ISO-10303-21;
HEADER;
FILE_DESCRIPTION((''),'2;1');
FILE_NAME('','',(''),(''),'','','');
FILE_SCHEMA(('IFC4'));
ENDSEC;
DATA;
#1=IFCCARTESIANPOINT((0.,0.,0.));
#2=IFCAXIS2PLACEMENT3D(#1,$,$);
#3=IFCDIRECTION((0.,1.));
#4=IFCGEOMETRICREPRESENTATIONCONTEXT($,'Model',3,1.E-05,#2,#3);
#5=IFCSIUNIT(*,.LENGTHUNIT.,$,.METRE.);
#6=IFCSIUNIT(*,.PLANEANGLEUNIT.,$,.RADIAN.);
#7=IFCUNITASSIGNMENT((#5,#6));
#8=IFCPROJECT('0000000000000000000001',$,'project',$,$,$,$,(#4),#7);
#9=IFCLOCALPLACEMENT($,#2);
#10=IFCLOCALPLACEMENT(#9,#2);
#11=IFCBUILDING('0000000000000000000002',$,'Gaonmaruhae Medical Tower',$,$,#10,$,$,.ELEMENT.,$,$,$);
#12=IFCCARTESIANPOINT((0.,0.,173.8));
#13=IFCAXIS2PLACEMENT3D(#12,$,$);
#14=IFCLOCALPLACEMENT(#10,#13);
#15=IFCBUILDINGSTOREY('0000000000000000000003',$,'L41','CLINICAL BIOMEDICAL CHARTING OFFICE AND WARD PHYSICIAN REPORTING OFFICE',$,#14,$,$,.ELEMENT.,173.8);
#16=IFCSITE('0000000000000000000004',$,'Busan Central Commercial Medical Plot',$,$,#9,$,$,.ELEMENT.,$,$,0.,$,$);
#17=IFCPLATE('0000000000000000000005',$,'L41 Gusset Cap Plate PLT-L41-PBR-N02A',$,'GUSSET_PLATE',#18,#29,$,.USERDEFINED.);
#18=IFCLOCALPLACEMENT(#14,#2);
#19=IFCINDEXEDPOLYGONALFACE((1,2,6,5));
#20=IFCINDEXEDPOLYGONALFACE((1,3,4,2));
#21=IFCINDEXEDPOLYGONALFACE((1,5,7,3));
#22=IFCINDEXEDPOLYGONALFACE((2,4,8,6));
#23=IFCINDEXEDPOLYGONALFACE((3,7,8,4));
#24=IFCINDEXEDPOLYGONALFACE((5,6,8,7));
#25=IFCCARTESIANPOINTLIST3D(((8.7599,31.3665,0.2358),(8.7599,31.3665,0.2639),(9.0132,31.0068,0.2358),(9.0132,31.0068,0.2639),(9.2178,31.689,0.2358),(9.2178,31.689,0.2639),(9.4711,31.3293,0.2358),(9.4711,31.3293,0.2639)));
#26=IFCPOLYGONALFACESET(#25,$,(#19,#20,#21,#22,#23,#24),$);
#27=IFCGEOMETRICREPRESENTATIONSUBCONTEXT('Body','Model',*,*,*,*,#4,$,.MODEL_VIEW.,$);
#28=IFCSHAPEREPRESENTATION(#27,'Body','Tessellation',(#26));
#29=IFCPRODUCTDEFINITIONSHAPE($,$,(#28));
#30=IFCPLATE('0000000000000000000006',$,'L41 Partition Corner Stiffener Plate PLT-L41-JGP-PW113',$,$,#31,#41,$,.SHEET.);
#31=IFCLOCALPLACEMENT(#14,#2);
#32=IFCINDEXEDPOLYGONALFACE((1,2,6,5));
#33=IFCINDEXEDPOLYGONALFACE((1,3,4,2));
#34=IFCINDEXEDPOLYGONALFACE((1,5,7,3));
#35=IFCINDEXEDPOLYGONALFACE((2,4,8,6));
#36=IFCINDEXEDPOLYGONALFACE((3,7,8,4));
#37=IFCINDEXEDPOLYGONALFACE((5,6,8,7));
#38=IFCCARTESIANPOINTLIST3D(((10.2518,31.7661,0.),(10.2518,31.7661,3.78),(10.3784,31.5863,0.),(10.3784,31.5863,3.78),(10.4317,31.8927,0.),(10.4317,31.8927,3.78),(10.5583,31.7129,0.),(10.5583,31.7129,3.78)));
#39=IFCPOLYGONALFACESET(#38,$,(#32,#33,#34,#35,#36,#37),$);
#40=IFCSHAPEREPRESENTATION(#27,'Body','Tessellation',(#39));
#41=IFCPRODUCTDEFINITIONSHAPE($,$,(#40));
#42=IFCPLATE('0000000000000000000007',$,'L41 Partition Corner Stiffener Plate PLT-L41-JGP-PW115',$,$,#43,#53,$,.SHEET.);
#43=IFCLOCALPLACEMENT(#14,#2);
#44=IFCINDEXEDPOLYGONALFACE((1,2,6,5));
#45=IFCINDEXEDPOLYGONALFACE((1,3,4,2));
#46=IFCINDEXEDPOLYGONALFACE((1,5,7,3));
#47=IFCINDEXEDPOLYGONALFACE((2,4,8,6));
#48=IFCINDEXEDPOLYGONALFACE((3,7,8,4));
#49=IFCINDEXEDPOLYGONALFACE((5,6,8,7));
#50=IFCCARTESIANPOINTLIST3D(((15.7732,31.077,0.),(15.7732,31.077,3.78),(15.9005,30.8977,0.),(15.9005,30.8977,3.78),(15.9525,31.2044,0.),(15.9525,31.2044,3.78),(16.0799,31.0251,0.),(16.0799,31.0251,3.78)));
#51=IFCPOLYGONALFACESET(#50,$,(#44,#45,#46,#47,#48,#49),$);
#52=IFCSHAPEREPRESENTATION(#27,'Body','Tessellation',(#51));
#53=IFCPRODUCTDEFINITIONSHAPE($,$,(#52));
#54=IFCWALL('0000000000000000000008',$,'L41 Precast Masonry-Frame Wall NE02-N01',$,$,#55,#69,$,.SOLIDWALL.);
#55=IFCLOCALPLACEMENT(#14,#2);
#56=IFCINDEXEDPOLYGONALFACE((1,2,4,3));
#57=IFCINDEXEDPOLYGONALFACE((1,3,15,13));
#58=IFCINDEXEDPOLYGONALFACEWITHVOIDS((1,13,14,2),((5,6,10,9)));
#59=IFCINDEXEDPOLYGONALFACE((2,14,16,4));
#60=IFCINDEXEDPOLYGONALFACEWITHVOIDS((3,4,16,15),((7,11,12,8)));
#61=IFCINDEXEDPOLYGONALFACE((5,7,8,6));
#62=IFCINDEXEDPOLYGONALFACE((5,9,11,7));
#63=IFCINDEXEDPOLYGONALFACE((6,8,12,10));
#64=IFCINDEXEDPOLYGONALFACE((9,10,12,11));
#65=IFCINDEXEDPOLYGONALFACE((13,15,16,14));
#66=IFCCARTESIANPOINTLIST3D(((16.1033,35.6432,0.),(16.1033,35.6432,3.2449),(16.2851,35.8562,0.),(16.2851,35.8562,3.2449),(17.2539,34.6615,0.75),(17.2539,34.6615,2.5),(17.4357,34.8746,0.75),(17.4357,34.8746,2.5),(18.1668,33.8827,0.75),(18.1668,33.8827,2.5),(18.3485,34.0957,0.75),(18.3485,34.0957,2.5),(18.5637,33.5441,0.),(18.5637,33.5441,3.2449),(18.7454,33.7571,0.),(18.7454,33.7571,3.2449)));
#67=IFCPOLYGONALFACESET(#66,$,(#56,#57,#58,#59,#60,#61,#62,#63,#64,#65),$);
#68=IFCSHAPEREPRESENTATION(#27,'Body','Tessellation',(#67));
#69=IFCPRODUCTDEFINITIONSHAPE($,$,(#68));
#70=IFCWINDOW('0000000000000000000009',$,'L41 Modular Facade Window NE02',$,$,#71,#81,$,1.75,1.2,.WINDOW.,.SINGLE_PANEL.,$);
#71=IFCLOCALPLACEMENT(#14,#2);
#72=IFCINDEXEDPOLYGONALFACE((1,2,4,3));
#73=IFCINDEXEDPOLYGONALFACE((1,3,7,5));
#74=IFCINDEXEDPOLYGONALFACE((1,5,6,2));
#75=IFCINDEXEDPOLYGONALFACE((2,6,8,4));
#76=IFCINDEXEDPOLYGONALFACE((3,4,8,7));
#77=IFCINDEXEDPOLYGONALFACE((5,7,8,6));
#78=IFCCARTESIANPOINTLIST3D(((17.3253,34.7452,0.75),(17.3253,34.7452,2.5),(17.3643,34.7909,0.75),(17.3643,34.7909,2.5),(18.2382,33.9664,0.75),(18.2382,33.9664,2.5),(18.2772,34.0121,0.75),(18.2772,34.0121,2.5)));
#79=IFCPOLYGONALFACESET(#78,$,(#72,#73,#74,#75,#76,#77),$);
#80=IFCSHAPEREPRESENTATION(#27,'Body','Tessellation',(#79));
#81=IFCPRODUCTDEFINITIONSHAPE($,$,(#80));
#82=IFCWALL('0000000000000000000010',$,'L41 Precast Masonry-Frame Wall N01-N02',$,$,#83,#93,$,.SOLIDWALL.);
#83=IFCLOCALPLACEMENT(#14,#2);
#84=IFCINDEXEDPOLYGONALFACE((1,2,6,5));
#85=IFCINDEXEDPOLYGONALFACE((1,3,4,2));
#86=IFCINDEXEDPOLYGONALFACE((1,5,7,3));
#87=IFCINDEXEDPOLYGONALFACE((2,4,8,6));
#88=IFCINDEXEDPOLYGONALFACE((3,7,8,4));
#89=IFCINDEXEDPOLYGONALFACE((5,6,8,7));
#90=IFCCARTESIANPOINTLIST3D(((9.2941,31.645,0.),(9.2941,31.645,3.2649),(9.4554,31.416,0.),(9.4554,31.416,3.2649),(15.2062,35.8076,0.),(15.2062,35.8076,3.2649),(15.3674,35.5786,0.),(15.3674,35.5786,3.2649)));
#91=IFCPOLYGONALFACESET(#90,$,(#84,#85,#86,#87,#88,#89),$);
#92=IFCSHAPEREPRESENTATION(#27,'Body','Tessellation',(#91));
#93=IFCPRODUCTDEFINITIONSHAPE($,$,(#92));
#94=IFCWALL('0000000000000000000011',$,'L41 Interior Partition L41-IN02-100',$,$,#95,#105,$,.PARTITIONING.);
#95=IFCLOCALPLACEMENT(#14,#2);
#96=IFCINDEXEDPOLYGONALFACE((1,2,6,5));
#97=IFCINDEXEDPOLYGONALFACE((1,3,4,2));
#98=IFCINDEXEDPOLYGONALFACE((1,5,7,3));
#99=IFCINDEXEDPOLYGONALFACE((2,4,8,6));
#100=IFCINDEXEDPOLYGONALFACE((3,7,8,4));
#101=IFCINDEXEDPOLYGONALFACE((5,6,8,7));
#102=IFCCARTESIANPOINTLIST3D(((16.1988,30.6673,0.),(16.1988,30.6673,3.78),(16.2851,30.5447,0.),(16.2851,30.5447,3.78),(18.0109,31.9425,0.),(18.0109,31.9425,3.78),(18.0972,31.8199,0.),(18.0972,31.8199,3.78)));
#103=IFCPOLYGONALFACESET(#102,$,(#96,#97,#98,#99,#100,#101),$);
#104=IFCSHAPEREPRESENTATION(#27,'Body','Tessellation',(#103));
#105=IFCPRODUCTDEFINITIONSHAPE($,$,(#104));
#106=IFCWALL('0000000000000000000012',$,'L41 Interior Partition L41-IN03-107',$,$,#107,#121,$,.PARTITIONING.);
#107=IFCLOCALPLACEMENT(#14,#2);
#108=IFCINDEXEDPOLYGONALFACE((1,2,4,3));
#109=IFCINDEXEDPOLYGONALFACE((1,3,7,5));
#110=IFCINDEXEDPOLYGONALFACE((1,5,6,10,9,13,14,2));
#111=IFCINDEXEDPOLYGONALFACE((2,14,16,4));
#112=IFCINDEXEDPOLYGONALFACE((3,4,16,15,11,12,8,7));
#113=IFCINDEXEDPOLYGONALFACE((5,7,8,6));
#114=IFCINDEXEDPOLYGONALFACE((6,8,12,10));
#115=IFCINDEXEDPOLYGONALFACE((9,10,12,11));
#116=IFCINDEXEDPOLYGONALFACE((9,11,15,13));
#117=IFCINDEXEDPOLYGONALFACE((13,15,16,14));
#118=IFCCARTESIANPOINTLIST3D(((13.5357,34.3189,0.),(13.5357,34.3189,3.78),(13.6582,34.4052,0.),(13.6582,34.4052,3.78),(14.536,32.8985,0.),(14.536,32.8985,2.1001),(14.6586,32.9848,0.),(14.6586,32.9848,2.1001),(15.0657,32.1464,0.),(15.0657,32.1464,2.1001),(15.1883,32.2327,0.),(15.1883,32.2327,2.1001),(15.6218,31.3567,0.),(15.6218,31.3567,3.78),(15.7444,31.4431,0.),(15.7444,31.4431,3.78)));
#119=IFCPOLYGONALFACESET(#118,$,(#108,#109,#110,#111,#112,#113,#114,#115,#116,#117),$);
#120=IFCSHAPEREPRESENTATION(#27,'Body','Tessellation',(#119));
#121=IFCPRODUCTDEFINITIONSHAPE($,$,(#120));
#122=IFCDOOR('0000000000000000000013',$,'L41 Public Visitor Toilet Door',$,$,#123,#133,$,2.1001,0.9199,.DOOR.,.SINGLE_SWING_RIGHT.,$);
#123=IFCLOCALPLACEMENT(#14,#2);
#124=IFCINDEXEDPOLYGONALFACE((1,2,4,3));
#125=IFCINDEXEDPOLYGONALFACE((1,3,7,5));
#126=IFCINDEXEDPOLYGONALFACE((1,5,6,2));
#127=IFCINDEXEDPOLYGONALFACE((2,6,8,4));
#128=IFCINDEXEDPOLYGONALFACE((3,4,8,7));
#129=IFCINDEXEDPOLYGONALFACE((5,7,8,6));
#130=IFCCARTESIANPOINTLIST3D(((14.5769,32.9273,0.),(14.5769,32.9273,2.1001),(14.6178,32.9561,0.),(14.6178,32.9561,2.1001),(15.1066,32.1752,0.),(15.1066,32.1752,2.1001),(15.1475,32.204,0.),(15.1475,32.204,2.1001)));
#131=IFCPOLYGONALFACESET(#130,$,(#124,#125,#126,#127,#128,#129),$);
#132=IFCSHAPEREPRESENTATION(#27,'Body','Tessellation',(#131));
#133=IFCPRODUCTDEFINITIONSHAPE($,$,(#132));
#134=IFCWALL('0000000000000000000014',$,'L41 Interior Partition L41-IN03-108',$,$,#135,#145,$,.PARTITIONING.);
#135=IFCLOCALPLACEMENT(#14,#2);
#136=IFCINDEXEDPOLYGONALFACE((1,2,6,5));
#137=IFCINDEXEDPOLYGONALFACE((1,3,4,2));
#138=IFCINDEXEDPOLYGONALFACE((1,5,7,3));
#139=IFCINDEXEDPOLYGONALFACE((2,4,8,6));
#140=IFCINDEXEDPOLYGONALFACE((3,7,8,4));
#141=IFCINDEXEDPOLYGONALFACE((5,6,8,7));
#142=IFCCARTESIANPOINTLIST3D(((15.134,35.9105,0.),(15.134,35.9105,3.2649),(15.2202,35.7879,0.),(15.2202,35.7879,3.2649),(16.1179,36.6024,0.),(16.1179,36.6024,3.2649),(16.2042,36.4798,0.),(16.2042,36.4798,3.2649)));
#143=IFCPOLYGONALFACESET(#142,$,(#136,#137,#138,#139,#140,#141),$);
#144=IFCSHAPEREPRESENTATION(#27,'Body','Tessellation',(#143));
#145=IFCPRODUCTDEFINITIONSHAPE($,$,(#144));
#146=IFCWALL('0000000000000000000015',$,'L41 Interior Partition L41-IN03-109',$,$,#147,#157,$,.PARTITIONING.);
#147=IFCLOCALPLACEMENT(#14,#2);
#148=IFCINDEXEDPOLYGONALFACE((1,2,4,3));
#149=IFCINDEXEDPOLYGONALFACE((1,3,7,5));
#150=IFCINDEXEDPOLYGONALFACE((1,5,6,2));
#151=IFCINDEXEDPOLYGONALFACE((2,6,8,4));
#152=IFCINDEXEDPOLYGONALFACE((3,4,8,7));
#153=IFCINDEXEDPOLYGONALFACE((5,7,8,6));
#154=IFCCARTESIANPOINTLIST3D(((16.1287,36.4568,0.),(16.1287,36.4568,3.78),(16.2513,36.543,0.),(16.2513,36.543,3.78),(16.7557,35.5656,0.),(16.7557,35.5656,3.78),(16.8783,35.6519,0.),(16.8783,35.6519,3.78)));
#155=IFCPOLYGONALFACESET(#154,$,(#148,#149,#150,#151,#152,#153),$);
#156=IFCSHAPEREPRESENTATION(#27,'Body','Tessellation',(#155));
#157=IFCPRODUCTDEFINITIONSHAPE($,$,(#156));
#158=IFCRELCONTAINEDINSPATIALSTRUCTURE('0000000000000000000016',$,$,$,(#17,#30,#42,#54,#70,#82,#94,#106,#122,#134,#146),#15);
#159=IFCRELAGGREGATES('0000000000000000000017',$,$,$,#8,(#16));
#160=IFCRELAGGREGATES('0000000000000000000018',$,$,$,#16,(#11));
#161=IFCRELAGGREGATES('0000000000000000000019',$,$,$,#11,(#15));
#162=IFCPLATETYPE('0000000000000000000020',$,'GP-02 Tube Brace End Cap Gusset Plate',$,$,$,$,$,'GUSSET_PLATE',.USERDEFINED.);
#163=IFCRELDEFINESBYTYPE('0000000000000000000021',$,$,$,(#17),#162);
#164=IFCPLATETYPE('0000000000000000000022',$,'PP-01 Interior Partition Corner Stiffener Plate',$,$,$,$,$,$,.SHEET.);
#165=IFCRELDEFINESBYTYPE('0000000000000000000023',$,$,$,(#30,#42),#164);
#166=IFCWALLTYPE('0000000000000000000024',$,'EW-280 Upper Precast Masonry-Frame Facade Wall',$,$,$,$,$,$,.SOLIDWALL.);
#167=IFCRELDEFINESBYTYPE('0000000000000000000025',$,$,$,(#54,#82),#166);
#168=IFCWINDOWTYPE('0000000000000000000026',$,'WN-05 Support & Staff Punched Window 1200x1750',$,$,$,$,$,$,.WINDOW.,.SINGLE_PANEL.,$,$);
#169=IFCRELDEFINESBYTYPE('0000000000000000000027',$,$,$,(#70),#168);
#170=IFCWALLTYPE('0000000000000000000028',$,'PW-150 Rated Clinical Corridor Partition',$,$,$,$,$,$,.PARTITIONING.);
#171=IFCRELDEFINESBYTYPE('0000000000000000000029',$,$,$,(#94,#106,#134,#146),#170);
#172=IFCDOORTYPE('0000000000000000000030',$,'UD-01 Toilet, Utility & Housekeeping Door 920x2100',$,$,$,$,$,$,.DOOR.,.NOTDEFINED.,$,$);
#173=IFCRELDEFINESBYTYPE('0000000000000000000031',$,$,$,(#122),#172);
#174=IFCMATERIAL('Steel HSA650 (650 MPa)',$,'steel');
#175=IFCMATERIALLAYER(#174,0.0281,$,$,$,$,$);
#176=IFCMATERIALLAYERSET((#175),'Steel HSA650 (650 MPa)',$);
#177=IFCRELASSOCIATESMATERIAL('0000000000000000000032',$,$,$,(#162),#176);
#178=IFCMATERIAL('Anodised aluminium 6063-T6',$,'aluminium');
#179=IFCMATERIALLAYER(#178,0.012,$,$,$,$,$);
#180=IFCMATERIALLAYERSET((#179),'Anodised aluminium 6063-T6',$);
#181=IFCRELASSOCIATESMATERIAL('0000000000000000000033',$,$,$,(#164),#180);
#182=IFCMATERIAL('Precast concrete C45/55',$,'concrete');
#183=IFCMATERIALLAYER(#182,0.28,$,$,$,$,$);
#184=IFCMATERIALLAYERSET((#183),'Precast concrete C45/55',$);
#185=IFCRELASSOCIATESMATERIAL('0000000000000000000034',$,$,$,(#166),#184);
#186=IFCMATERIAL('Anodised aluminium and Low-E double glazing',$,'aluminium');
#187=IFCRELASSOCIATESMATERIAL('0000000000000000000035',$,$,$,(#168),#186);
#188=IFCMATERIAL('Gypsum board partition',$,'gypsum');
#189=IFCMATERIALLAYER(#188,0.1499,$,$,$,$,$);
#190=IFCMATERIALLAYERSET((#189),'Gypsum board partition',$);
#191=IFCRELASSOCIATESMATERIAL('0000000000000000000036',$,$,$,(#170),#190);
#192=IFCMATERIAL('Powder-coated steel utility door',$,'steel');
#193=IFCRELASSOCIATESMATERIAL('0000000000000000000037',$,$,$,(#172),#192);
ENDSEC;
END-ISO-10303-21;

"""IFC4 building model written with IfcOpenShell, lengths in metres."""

from ifc_helpers import new_model, si_unit, direction, frame, frame_2d, origin, origin_2d, place, context, subcontext, project, spatial, rectangle, extrude, material, layer, layer_set, type_object, element, fill, save


model = new_model("IFC4")

# Units and contexts
model_context = context("Model", 3, precision=1e-05, world=origin(), true_north=direction((0.0, 1.0)))
body_context = subcontext(model_context, "Body", "Model", "MODEL_VIEW")
ifc_project = project(units=[si_unit("LENGTHUNIT", "METRE"), si_unit("PLANEANGLEUNIT", "RADIAN")], contexts=[model_context])

# Site, building, storey
site_placement = place(None, origin())
site = spatial("IfcSite", under=ifc_project, at=site_placement, Name="Busan Central Commercial Medical Plot", CompositionType="ELEMENT", RefElevation=0.0)
building_placement = place(site_placement, origin())
building = spatial("IfcBuilding", under=site, at=building_placement, Name="Gaonmaruhae Medical Tower", CompositionType="ELEMENT")
storey_placement = place(building_placement, frame((0.0, 0.0, 173.8)))
storey = spatial("IfcBuildingStorey", under=building, at=storey_placement, Name="L41", Description="CLINICAL BIOMEDICAL CHARTING OFFICE AND WARD PHYSICIAN REPORTING OFFICE", CompositionType="ELEMENT", Elevation=173.8)

# Plates
ifc_material_1 = material(Name="Steel HSA650 (650 MPa)", Category="steel")
ifc_layer_1 = layer(ifc_material_1, 0.0281)
ifc_layer_set_1 = layer_set([ifc_layer_1], Name="Steel HSA650 (650 MPa)")
plate_type_1 = type_object("IfcPlateType", Name="GP-02 Tube Brace End Cap Gusset Plate", ElementType="GUSSET_PLATE", PredefinedType="USERDEFINED", material=ifc_layer_set_1)
plate_placement = place(storey_placement, frame((9.1155, 31.3479, 0.2358), z_axis=(0.0, 0.0, 1.0), x_axis=(0.817648, 0.575719, 0.0)))
element("IfcPlate", 1, at=plate_placement, inside=storey, type_object=plate_type_1, Name="L41 Gusset Cap Plate PLT-L41-PBR-N02A", ObjectType="GUSSET_PLATE", PredefinedType="USERDEFINED", context=body_context, shape_type="SweptSolid", body=[
    extrude(rectangle(XDim=0.5601, YDim=0.4399, at=origin_2d()), origin(), (0.0, 0.0, 1.0), 0.0281),
])
ifc_material_2 = material(Name="Anodised aluminium 6063-T6", Category="aluminium")
ifc_layer_2 = layer(ifc_material_2, 0.012)
ifc_layer_set_2 = layer_set([ifc_layer_2], Name="Anodised aluminium 6063-T6")
plate_type_2 = type_object("IfcPlateType", Name="PP-01 Interior Partition Corner Stiffener Plate", PredefinedType="SHEET", material=ifc_layer_set_2)
for number, where, z_axis, x_axis, name in (
    (2, (10.405, 31.7395, 0.0), (0.0, 0.0, 1.0), (-0.575533, 0.817778, 0.0), "L41 Partition Corner Stiffener Plate PLT-L41-JGP-PW113"),
    (3, (15.9265, 31.051, 0.0), (0.0, 0.0, 1.0), (0.579125, -0.815239, 0.0), "L41 Partition Corner Stiffener Plate PLT-L41-JGP-PW115"),
):
    element("IfcPlate", number, at=place(storey_placement, frame(where, z_axis=z_axis, x_axis=x_axis)), inside=storey, type_object=plate_type_2, Name=name, PredefinedType="SHEET", context=body_context, shape_type="SweptSolid", body=[
        extrude(rectangle(XDim=0.22, YDim=0.22, at=origin_2d()), origin(), (0.0, 0.0, 1.0), 3.78),
    ])

# Wall, opening, window
ifc_material_3 = material(Name="Precast concrete C45/55", Category="concrete")
ifc_layer_3 = layer(ifc_material_3, 0.28)
ifc_layer_set_3 = layer_set([ifc_layer_3], Name="Precast concrete C45/55")
wall_type_1 = type_object("IfcWallType", Name="EW-280 Upper Precast Masonry-Frame Facade Wall", PredefinedType="SOLIDWALL", material=ifc_layer_set_3)
wall_1_placement = place(storey_placement, frame((16.1941, 35.7498, 0.0), z_axis=(0.0, 0.0, 1.0), x_axis=(0.760757, -0.649037, 0.0)))
wall_1 = element("IfcWall", 4, at=wall_1_placement, inside=storey, type_object=wall_type_1, Name="L41 Precast Masonry-Frame Wall NE02-N01", PredefinedType="SOLIDWALL", context=body_context, shape_type="SweptSolid", body=[
    extrude(rectangle(XDim=3.2341, YDim=0.28, at=frame_2d((1.6172, 0.0))), origin(), (0.0, 0.0, 1.0), 3.2449),
])
opening_1_placement = place(wall_1_placement, frame((1.5125, 0.0, 0.75)))
opening_1 = element("IfcOpeningElement", 5, at=opening_1_placement, cuts=wall_1, PredefinedType="OPENING", context=body_context, shape_type="SweptSolid", body=[
    extrude(rectangle(XDim=1.2, YDim=1.75, at=frame_2d((0.6001, 0.875))), frame((0.0, 0.1499, 0.0), z_axis=(0.0, -1.0, 0.0), x_axis=(1.0, 0.0, 0.0)), (0.0, 0.0, 1.0), 0.3),
])
ifc_material_4 = material(Name="Anodised aluminium and Low-E double glazing", Category="aluminium")
window_type = type_object("IfcWindowType", Name="WN-05 Support & Staff Punched Window 1200x1750", PartitioningType="SINGLE_PANEL", PredefinedType="WINDOW", material=ifc_material_4)
window_placement = place(opening_1_placement, origin())
window = element("IfcWindow", 6, at=window_placement, inside=storey, type_object=window_type, Name="L41 Modular Facade Window NE02", OverallHeight=1.75, OverallWidth=1.2, PartitioningType="SINGLE_PANEL", PredefinedType="WINDOW", context=body_context, shape_type="SweptSolid", body=[
    extrude(rectangle(XDim=1.2, YDim=1.75, at=frame_2d((0.6001, 0.875))), frame((0.0, 0.03, 0.0), z_axis=(0.0, -1.0, 0.0), x_axis=(1.0, 0.0, 0.0)), (0.0, 0.0, 1.0), 0.0601),
])
fill(opening_1, window)

# Wall
wall_2_placement = place(storey_placement, frame((9.3748, 31.5305, 0.0), z_axis=(0.0, 0.0, 1.0), x_axis=(0.817662, 0.575699, 0.0)))
element("IfcWall", 7, at=wall_2_placement, inside=storey, type_object=wall_type_1, Name="L41 Precast Masonry-Frame Wall N01-N02", PredefinedType="SOLIDWALL", context=body_context, shape_type="SweptSolid", body=[
    extrude(rectangle(XDim=7.2305, YDim=0.28, at=frame_2d((3.6152, 0.0))), origin(), (0.0, 0.0, 1.0), 3.2649),
])

# Shared definitions
ifc_material_5 = material(Name="Gypsum board partition", Category="gypsum")
ifc_layer_4 = layer(ifc_material_5, 0.1499)
ifc_layer_set_4 = layer_set([ifc_layer_4], Name="Gypsum board partition")
wall_type_2 = type_object("IfcWallType", Name="PW-150 Rated Clinical Corridor Partition", PredefinedType="PARTITIONING", material=ifc_layer_set_4)

# Wall
wall_3_placement = place(storey_placement, frame((16.2419, 30.606, 0.0), z_axis=(0.0, 0.0, 1.0), x_axis=(0.817801, 0.575502, 0.0)))
element("IfcWall", 8, at=wall_3_placement, inside=storey, type_object=wall_type_2, Name="L41 Interior Partition L41-IN02-100", PredefinedType="PARTITIONING", context=body_context, shape_type="SweptSolid", body=[
    extrude(rectangle(XDim=2.2158, YDim=0.1499, at=frame_2d((1.1079, 0.0))), origin(), (0.0, 0.0, 1.0), 3.78),
])

# Wall, opening, door
wall_4_placement = place(storey_placement, frame((15.6831, 31.3999, 0.0), z_axis=(0.0, 0.0, 1.0), x_axis=(-0.575807, 0.817586, 0.0)))
wall_4 = element("IfcWall", 9, at=wall_4_placement, inside=storey, type_object=wall_type_2, Name="L41 Interior Partition L41-IN03-107", PredefinedType="PARTITIONING", context=body_context, shape_type="SweptSolid", body=[
    extrude(rectangle(XDim=3.623, YDim=0.1499, at=frame_2d((1.8115, 0.0))), origin(), (0.0, 0.0, 1.0), 3.78),
])
opening_2_placement = place(wall_4_placement, frame((0.9658, 0.0, 0.0)))
opening_2 = element("IfcOpeningElement", 10, at=opening_2_placement, cuts=wall_4, PredefinedType="OPENING", context=body_context, shape_type="SweptSolid", body=[
    extrude(rectangle(XDim=0.9199, YDim=2.1001, at=frame_2d((0.46, 1.05))), frame((0.0, 0.085, 0.0), z_axis=(0.0, -1.0, 0.0), x_axis=(1.0, 0.0, 0.0)), (0.0, 0.0, 1.0), 0.1699),
])
ifc_material_6 = material(Name="Powder-coated steel utility door", Category="steel")
door_type_1 = type_object("IfcDoorType", Name="UD-01 Toilet, Utility & Housekeeping Door 920x2100", OperationType="NOTDEFINED", PredefinedType="DOOR", material=ifc_material_6)
door_1_placement = place(opening_2_placement, origin())
door_1 = element("IfcDoor", 11, at=door_1_placement, inside=storey, type_object=door_type_1, Name="L41 Public Visitor Toilet Door", OperationType="SINGLE_SWING_RIGHT", OverallHeight=2.1001, OverallWidth=0.9199, PredefinedType="DOOR", context=body_context, shape_type="SweptSolid", body=[
    extrude(rectangle(XDim=0.9199, YDim=2.1001, at=frame_2d((0.46, 1.05))), frame((0.0, 0.0249, 0.0), z_axis=(0.0, -1.0, 0.0), x_axis=(1.0, 0.0, 0.0)), (0.0, 0.0, 1.0), 0.05),
])
fill(opening_2, door_1)

# Walls
wall_5_placement = place(storey_placement, frame((15.177, 35.8491, 0.0), z_axis=(0.0, 0.0, 1.0), x_axis=(0.81799, 0.575232, 0.0)))
element("IfcWall", 12, at=wall_5_placement, inside=storey, type_object=wall_type_2, Name="L41 Interior Partition L41-IN03-108", PredefinedType="PARTITIONING", context=body_context, shape_type="SweptSolid", body=[
    extrude(rectangle(XDim=1.2029, YDim=0.1499, at=frame_2d((0.6016, 0.0))), origin(), (0.0, 0.0, 1.0), 3.2649),
])
wall_6_placement = place(storey_placement, frame((16.1899, 36.5, 0.0), z_axis=(0.0, 0.0, 1.0), x_axis=(0.575416, -0.817861, 0.0)))
element("IfcWall", 13, at=wall_6_placement, inside=storey, type_object=wall_type_2, Name="L41 Interior Partition L41-IN03-109", PredefinedType="PARTITIONING", context=body_context, shape_type="SweptSolid", body=[
    extrude(rectangle(XDim=1.0896, YDim=0.1499, at=frame_2d((0.5449, 0.0))), origin(), (0.0, 0.0, 1.0), 3.78),
])

save(model, "model.ifc")
